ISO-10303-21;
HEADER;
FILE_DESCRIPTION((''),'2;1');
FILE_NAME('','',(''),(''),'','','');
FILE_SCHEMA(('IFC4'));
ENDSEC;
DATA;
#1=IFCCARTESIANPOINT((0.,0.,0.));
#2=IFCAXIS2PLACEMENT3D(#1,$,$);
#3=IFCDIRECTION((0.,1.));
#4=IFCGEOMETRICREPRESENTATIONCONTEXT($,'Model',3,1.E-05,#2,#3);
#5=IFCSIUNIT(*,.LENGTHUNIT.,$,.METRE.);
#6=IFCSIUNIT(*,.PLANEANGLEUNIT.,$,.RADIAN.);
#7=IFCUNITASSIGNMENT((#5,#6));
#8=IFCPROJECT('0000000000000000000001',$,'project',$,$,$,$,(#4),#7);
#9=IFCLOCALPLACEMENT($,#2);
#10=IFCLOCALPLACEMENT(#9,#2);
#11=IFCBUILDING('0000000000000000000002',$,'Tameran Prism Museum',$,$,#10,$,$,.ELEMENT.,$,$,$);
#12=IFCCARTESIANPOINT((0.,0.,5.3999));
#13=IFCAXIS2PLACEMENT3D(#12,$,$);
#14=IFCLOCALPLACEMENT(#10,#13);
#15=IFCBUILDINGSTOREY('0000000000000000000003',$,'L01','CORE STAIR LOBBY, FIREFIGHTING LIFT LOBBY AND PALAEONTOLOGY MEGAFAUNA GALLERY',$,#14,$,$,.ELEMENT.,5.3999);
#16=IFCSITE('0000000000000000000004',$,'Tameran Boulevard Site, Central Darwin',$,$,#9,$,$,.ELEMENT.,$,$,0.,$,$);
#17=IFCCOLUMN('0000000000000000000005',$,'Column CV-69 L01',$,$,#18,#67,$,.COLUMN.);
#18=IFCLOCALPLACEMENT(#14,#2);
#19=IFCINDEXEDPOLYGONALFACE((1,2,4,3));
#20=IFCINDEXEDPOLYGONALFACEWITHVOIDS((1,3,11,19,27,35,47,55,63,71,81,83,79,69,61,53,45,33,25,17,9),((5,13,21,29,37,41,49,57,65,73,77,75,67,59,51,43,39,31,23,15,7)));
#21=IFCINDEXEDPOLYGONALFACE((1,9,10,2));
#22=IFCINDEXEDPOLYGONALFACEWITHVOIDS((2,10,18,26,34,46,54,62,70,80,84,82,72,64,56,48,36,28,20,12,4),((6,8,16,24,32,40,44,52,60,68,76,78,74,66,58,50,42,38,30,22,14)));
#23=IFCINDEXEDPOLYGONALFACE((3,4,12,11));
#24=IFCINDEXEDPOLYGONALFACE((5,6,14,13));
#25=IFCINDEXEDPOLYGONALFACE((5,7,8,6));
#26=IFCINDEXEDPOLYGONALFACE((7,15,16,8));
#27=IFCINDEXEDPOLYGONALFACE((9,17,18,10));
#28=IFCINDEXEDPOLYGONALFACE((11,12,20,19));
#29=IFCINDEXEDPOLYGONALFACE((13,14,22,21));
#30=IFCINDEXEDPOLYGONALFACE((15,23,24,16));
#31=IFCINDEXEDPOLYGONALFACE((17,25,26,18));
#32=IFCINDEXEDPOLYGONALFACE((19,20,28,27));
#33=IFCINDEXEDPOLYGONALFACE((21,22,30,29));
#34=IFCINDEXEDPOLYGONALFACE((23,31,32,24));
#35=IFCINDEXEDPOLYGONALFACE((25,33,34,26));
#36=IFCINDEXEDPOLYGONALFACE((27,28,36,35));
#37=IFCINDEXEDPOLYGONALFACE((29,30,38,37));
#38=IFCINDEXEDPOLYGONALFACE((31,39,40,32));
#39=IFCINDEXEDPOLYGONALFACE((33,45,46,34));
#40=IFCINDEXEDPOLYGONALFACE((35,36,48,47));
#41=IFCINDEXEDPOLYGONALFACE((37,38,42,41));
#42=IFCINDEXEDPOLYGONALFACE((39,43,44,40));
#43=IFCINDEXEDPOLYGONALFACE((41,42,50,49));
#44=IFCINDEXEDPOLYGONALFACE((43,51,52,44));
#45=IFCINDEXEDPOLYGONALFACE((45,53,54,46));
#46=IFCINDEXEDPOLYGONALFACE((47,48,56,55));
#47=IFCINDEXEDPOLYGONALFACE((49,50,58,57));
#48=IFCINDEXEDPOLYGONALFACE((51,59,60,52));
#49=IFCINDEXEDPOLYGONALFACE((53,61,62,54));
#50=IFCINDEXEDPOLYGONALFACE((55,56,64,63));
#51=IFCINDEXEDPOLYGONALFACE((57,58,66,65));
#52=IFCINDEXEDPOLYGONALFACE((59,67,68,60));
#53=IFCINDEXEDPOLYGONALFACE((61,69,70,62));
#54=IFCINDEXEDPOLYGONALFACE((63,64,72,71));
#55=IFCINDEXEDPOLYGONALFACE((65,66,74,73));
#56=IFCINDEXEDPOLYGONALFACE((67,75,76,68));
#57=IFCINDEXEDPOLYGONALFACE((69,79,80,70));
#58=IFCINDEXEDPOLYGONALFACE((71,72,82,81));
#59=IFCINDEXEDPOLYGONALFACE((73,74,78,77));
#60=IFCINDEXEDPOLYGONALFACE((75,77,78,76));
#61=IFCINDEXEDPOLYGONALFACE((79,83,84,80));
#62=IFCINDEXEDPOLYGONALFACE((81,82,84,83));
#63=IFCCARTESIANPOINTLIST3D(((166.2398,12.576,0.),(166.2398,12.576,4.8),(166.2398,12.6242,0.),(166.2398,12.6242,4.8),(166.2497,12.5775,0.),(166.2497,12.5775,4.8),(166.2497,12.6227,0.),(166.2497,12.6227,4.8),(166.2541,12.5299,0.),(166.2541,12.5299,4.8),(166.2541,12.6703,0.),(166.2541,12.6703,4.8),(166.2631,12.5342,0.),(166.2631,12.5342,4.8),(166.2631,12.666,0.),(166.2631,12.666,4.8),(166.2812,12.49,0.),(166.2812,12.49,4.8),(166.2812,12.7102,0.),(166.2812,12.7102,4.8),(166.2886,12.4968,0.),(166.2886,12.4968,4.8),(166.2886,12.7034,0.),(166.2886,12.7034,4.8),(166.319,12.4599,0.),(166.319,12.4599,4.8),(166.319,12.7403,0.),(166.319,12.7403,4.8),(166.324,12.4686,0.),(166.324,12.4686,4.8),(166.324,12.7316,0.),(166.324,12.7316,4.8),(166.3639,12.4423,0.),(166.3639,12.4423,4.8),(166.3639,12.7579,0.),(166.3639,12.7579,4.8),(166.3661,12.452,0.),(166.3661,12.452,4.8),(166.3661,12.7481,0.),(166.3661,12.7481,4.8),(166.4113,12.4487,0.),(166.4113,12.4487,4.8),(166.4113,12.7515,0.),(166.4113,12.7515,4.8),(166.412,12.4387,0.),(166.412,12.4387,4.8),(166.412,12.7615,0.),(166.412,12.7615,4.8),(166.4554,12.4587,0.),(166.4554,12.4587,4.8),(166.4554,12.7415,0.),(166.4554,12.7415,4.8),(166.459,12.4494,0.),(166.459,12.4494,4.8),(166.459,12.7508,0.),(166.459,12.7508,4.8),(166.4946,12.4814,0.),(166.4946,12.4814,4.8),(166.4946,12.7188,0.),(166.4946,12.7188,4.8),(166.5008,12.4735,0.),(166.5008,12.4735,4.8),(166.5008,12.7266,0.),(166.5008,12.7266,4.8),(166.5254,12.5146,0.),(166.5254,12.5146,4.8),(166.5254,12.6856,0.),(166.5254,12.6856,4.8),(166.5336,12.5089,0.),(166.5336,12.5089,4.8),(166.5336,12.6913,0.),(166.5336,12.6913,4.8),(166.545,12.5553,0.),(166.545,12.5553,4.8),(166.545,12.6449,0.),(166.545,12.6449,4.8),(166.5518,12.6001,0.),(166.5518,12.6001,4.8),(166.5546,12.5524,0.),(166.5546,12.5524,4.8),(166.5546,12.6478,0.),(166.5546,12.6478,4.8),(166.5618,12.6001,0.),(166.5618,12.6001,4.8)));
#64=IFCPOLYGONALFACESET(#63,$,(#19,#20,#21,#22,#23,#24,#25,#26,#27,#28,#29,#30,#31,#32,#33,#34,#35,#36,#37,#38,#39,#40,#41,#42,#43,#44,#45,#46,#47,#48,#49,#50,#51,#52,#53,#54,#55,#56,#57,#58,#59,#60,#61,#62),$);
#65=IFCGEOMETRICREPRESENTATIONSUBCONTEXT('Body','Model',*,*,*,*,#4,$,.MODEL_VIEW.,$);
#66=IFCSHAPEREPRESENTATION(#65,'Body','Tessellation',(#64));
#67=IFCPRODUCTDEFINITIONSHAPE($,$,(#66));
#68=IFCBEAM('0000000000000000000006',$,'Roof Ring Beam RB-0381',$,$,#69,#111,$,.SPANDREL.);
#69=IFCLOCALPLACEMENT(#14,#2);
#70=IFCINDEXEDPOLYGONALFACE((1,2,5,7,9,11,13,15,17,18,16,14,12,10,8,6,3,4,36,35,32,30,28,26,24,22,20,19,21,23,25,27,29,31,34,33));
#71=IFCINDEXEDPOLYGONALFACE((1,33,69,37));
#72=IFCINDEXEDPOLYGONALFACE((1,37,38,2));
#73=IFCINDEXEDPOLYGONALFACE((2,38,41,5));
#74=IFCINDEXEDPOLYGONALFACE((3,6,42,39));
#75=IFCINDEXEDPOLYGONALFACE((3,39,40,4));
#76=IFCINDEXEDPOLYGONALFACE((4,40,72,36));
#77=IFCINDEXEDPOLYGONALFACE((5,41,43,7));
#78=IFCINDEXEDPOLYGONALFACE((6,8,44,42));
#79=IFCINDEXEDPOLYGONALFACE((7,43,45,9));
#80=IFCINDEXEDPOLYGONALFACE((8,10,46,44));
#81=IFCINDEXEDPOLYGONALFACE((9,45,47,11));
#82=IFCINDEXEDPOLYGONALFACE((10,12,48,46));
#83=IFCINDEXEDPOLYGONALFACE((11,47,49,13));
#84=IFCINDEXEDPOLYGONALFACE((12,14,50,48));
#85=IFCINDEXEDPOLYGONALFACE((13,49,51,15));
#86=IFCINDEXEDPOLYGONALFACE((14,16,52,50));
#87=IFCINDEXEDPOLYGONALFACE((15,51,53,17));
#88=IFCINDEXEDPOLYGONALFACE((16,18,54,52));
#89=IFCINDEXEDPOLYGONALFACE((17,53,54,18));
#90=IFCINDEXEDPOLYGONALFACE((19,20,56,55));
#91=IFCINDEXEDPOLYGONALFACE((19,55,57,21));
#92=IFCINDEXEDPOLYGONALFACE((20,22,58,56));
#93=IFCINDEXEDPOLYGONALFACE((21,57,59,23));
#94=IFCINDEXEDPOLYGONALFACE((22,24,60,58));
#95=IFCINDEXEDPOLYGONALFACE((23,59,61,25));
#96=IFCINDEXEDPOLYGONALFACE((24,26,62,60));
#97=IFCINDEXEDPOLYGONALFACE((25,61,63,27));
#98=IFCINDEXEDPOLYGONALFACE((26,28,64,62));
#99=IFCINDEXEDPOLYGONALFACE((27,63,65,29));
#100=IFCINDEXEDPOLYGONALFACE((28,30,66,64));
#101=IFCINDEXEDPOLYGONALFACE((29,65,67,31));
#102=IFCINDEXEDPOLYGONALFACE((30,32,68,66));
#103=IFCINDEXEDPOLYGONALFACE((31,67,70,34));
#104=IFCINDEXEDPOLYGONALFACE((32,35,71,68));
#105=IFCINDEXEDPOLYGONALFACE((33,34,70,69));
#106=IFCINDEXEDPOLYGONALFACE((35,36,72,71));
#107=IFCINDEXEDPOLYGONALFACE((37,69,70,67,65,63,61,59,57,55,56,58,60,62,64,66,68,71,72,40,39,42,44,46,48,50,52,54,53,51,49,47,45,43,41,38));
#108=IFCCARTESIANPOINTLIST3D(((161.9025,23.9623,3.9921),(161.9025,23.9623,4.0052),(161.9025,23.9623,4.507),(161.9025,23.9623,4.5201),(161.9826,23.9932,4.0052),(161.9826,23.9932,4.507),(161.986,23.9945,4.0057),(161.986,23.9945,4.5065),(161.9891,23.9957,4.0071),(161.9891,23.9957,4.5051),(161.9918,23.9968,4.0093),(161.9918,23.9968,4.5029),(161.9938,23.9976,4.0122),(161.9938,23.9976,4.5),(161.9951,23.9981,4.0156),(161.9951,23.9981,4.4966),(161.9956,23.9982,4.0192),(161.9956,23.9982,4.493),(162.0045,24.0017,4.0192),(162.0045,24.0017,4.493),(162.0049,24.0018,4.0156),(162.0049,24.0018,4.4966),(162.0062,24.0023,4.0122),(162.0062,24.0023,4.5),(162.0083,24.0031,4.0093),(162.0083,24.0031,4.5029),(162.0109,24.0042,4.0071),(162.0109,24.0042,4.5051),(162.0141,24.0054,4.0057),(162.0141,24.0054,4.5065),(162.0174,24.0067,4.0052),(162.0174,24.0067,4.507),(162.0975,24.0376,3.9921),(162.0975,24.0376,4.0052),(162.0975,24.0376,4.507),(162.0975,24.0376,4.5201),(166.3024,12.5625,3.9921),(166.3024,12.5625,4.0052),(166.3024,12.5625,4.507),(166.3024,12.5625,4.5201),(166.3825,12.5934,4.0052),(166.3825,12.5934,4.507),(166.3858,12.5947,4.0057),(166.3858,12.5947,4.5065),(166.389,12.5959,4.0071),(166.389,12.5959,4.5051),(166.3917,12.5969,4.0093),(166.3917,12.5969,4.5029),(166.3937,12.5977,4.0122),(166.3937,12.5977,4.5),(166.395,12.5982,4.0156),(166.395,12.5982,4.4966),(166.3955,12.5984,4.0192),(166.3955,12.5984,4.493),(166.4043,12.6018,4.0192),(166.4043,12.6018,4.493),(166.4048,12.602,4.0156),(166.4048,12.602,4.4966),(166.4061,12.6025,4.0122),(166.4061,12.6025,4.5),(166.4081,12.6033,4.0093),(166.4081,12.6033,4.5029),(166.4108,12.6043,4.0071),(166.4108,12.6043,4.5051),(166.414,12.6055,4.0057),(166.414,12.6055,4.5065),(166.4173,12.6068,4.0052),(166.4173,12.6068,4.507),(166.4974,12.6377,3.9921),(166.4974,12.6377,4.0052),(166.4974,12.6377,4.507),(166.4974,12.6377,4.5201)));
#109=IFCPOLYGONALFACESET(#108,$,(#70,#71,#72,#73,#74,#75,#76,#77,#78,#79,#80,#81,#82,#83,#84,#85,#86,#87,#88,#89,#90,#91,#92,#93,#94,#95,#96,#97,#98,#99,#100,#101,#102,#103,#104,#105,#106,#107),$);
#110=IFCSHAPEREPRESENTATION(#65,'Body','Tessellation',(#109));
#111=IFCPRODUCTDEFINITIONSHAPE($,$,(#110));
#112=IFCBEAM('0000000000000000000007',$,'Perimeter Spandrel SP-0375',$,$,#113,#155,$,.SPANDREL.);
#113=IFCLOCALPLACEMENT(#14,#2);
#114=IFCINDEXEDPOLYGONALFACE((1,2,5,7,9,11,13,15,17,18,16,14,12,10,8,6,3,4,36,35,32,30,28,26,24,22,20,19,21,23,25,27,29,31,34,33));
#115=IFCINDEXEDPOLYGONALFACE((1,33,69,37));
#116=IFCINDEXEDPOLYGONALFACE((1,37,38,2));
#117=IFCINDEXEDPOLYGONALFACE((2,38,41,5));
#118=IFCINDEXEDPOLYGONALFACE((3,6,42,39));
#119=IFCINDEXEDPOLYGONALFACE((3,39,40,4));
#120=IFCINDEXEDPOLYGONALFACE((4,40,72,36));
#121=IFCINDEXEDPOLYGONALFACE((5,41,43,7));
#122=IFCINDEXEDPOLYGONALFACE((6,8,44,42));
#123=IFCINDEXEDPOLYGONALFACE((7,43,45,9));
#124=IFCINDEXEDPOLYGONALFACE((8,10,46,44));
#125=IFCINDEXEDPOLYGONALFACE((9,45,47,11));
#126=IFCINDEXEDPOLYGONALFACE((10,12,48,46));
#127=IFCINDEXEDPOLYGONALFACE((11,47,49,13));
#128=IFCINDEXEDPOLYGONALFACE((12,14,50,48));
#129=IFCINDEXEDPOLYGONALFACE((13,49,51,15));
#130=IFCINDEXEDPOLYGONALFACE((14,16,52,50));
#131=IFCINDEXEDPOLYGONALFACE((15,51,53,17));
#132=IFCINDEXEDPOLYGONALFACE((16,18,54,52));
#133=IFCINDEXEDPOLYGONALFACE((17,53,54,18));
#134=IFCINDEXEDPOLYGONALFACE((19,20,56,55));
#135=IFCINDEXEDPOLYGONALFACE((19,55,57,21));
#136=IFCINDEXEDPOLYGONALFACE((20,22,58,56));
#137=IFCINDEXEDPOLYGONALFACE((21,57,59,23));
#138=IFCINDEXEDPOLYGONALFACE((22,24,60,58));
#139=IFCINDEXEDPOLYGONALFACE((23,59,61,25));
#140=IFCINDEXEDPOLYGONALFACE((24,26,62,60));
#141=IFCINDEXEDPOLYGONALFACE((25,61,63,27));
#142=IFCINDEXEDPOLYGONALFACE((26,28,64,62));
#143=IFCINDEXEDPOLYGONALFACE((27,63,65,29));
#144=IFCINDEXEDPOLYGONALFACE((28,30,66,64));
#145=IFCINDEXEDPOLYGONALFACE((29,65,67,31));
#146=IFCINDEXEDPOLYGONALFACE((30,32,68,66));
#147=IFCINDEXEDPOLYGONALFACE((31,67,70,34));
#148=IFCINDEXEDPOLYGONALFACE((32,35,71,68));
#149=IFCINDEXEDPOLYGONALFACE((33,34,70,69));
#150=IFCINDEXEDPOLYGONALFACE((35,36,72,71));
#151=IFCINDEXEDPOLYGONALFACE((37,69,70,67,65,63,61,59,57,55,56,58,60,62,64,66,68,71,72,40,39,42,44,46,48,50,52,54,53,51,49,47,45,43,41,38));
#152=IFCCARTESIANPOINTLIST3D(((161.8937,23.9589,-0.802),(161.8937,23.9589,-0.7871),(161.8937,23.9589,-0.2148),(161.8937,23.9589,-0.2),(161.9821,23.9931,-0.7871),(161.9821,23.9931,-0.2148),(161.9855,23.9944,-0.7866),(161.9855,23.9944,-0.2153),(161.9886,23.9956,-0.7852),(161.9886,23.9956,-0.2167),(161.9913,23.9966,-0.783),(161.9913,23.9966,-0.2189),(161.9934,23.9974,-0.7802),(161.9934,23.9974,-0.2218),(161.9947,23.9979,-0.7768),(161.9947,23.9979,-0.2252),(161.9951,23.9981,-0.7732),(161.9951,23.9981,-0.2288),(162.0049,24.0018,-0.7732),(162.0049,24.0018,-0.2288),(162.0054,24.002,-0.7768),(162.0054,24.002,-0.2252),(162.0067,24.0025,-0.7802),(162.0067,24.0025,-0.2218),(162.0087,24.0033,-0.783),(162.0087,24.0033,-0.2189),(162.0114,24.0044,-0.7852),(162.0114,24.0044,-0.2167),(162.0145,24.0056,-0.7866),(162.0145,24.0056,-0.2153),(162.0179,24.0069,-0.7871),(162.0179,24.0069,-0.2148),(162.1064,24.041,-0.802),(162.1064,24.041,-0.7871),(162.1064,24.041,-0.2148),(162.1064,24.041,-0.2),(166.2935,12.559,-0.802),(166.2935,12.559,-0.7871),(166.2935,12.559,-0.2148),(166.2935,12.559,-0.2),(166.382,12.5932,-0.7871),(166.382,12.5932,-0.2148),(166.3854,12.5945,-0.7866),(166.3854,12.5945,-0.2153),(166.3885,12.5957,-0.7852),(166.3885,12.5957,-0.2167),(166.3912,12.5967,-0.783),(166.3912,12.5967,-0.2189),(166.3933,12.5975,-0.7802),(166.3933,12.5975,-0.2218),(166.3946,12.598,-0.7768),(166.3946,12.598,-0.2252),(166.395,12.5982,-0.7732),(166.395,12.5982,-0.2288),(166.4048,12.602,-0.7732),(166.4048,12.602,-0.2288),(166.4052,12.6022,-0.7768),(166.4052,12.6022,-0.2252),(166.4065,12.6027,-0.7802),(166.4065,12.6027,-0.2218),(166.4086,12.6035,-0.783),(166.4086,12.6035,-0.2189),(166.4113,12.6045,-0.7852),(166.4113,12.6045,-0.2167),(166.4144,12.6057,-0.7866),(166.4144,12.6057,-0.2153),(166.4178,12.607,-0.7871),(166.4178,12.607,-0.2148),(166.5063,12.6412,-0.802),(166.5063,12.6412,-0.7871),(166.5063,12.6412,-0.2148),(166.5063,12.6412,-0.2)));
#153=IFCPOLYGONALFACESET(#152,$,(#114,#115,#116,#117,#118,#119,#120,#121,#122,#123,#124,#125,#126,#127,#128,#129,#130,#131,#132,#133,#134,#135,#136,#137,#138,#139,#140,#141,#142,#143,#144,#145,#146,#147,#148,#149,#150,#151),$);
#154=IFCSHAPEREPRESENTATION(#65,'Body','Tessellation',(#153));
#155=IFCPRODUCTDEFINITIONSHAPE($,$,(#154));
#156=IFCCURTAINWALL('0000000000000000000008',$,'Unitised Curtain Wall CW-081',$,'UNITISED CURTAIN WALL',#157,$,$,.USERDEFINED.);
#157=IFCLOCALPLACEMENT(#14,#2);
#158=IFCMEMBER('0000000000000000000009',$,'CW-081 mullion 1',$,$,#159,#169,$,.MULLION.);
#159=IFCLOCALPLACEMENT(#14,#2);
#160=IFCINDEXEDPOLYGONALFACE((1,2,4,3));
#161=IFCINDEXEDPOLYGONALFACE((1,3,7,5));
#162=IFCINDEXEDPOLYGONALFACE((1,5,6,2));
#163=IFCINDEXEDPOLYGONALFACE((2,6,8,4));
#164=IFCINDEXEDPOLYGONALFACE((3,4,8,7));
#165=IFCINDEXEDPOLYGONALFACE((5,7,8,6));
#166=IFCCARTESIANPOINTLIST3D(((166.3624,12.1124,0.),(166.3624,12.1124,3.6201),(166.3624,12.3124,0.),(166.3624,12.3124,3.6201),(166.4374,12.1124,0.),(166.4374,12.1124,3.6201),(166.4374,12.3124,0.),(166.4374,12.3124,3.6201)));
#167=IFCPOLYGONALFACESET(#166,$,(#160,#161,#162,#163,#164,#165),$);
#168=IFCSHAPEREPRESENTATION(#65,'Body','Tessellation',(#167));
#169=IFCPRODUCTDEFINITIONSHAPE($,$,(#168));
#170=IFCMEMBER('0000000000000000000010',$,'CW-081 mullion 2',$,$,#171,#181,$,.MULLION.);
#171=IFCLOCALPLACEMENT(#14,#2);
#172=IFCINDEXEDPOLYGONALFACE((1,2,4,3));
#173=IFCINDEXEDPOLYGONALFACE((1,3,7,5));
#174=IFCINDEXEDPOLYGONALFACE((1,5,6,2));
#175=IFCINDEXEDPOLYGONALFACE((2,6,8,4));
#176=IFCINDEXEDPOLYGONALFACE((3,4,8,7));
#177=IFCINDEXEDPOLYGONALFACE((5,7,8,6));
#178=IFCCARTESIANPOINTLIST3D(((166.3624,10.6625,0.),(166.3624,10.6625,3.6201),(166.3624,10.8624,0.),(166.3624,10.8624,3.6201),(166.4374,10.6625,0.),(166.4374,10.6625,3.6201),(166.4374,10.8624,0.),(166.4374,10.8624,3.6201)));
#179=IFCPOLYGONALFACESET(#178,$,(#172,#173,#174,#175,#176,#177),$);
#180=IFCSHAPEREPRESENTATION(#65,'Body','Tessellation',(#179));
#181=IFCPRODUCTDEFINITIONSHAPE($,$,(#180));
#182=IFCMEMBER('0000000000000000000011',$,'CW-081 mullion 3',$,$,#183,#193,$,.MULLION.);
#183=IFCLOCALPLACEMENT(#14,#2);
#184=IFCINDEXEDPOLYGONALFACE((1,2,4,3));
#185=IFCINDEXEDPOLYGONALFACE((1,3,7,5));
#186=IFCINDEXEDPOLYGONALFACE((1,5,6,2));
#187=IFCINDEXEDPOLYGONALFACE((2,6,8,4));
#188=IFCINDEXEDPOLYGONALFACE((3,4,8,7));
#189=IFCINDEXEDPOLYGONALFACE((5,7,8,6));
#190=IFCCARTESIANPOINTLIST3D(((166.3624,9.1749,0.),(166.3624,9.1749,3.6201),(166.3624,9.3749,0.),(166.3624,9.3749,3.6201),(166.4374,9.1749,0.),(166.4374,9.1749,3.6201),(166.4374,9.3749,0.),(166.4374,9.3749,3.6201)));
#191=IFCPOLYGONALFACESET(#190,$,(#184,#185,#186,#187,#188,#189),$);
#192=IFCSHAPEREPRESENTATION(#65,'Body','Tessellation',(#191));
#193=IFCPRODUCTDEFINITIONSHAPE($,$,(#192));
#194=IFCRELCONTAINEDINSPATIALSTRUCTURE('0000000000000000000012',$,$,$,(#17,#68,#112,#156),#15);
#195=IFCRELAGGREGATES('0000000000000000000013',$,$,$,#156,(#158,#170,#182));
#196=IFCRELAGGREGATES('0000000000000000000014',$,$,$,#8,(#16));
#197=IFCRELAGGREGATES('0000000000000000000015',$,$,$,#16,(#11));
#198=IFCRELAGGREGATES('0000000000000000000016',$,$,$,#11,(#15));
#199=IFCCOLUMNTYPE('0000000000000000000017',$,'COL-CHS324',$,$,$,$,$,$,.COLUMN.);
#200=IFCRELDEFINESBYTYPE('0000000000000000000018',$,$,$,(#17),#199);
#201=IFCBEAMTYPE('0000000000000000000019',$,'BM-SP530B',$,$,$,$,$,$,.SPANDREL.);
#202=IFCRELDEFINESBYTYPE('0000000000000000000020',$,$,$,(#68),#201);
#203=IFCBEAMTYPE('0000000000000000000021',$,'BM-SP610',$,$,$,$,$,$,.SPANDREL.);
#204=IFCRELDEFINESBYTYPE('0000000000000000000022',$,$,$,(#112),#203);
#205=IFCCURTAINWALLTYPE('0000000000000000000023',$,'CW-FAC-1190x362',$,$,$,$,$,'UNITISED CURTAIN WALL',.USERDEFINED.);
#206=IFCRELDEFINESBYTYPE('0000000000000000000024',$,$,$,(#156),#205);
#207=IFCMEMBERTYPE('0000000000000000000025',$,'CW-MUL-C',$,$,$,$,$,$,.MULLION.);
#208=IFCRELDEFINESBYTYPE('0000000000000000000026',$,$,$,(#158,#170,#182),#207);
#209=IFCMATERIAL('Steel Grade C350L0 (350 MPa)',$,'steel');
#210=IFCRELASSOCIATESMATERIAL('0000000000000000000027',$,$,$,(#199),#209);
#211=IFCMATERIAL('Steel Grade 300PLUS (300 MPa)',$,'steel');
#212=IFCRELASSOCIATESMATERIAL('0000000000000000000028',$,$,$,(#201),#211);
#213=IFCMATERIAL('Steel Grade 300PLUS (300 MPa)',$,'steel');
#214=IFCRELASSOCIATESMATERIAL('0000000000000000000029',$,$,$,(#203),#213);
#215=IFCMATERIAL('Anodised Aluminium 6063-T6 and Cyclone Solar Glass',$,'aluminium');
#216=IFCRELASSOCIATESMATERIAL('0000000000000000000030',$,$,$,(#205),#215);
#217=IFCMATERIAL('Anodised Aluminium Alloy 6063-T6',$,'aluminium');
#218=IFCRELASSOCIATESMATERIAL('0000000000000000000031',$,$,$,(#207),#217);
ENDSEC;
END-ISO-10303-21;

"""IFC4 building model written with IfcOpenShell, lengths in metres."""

from ifc_helpers import new_model, si_unit, direction, frame, origin, origin_2d, place, context, subcontext, project, spatial, rectangle, hollow_circle, i_section, extrude, material, material_profile, profile_set, type_object, element, aggregate, save


model = new_model("IFC4")

# Units and contexts
model_context = context("Model", 3, precision=1e-05, world=origin(), true_north=direction((0.0, 1.0)))
body_context = subcontext(model_context, "Body", "Model", "MODEL_VIEW")
ifc_project = project(units=[si_unit("LENGTHUNIT", "METRE"), si_unit("PLANEANGLEUNIT", "RADIAN")], contexts=[model_context])

# Site, building, storey
site_placement = place(None, origin())
site = spatial("IfcSite", under=ifc_project, at=site_placement, Name="Tameran Boulevard Site, Central Darwin", CompositionType="ELEMENT", RefElevation=0.0)
building_placement = place(site_placement, origin())
building = spatial("IfcBuilding", under=site, at=building_placement, Name="Tameran Prism Museum", CompositionType="ELEMENT")
storey_placement = place(building_placement, frame((0.0, 0.0, 5.3999)))
storey = spatial("IfcBuildingStorey", under=building, at=storey_placement, Name="L01", Description="CORE STAIR LOBBY, FIREFIGHTING LIFT LOBBY AND PALAEONTOLOGY MEGAFAUNA GALLERY", CompositionType="ELEMENT", Elevation=5.3999)

# Column
ifc_material_1 = material(Name="Steel Grade C350L0 (350 MPa)", Category="steel")
ifc_material_profile_1 = material_profile(ifc_material_1, hollow_circle(Radius=0.1619, WallThickness=0.01, at=origin_2d()))
ifc_profile_set_1 = profile_set([ifc_material_profile_1])
column_type = type_object("IfcColumnType", Name="COL-CHS324", PredefinedType="COLUMN", material=ifc_profile_set_1)
column_placement = place(storey_placement, frame((166.3999, 12.6001, 0.0), z_axis=(0.0, 0.0, 1.0), x_axis=(1.0, 0.0, 0.0)))
element("IfcColumn", 1, at=column_placement, inside=storey, type_object=column_type, Name="Column CV-69 L01", PredefinedType="COLUMN", context=body_context, shape_type="SweptSolid", body=[
    extrude(hollow_circle(Radius=0.1619, WallThickness=0.01, at=origin_2d()), origin(), (0.0, 0.0, 1.0), 4.8),
])

# Beams
ifc_material_2 = material(Name="Steel Grade 300PLUS (300 MPa)", Category="steel")
ifc_material_profile_2 = material_profile(ifc_material_2, i_section(OverallWidth=0.209, OverallDepth=0.5281, WebThickness=0.0095, FlangeThickness=0.0132, FilletRadius=0.0139, at=origin_2d()))
ifc_profile_set_2 = profile_set([ifc_material_profile_2])
beam_type_1 = type_object("IfcBeamType", Name="BM-SP530B", PredefinedType="SPANDREL", material=ifc_profile_set_2)
beam_1_placement = place(storey_placement, frame((166.3999, 12.6001, 4.2561), z_axis=(-0.360071, 0.932925, 0.0), x_axis=(-0.932925, -0.360071, 0.0)))
element("IfcBeam", 2, at=beam_1_placement, inside=storey, type_object=beam_type_1, Name="Roof Ring Beam RB-0381", PredefinedType="SPANDREL", context=body_context, shape_type="SweptSolid", body=[
    extrude(i_section(OverallWidth=0.209, OverallDepth=0.5281, WebThickness=0.0095, FlangeThickness=0.0132, FilletRadius=0.0139, at=origin_2d()), origin(), (0.0, 0.0, 1.0), 12.2195),
])
ifc_material_3 = material(Name="Steel Grade 300PLUS (300 MPa)", Category="steel")
ifc_material_profile_3 = material_profile(ifc_material_3, i_section(OverallWidth=0.228, OverallDepth=0.6021, WebThickness=0.0105, FlangeThickness=0.0149, FilletRadius=0.0139, at=origin_2d()))
ifc_profile_set_3 = profile_set([ifc_material_profile_3])
beam_type_2 = type_object("IfcBeamType", Name="BM-SP610", PredefinedType="SPANDREL", material=ifc_profile_set_3)
beam_2_placement = place(storey_placement, frame((166.3999, 12.6001, -0.501), z_axis=(-0.360071, 0.932925, 0.0), x_axis=(-0.932925, -0.360071, 0.0)))
element("IfcBeam", 3, at=beam_2_placement, inside=storey, type_object=beam_type_2, Name="Perimeter Spandrel SP-0375", PredefinedType="SPANDREL", context=body_context, shape_type="SweptSolid", body=[
    extrude(i_section(OverallWidth=0.228, OverallDepth=0.6021, WebThickness=0.0105, FlangeThickness=0.0149, FilletRadius=0.0139, at=origin_2d()), origin(), (0.0, 0.0, 1.0), 12.2195),
])

# Curtain wall, members
ifc_material_4 = material(Name="Anodised Aluminium 6063-T6 and Cyclone Solar Glass", Category="aluminium")
curtain_wall_type_1 = type_object("IfcCurtainWallType", Name="CW-FAC-1190x362", ElementType="UNITISED CURTAIN WALL", PredefinedType="USERDEFINED", material=ifc_material_4)
curtain_wall_1_placement = place(storey_placement, origin())
curtain_wall_1 = element("IfcCurtainWall", 4, at=curtain_wall_1_placement, inside=storey, type_object=curtain_wall_type_1, Name="Unitised Curtain Wall CW-081", ObjectType="UNITISED CURTAIN WALL", PredefinedType="USERDEFINED")
ifc_material_5 = material(Name="Anodised Aluminium Alloy 6063-T6", Category="aluminium")
ifc_material_profile_4 = material_profile(ifc_material_5, rectangle(XDim=0.075, YDim=0.2, at=origin_2d()))
ifc_profile_set_4 = profile_set([ifc_material_profile_4])
member_type_1 = type_object("IfcMemberType", Name="CW-MUL-C", PredefinedType="MULLION", material=ifc_profile_set_4)
member_1_placement = place(storey_placement, frame((166.3999, 12.2124, 0.0), z_axis=(0.0, 0.0, 1.0), x_axis=(1.0, 0.0, 0.0)))
member_1 = element("IfcMember", 5, at=member_1_placement, type_object=member_type_1, Name="CW-081 mullion 1", PredefinedType="MULLION", context=body_context, shape_type="SweptSolid", body=[
    extrude(rectangle(XDim=0.075, YDim=0.2, at=origin_2d()), origin(), (0.0, 0.0, 1.0), 3.6201),
])
member_2_placement = place(storey_placement, frame((166.3999, 10.7625, 0.0), z_axis=(0.0, 0.0, 1.0), x_axis=(1.0, 0.0, 0.0)))
member_2 = element("IfcMember", 6, at=member_2_placement, type_object=member_type_1, Name="CW-081 mullion 2", PredefinedType="MULLION", context=body_context, shape_type="SweptSolid", body=[
    extrude(rectangle(XDim=0.075, YDim=0.2, at=origin_2d()), origin(), (0.0, 0.0, 1.0), 3.6201),
])
member_3_placement = place(storey_placement, frame((166.3999, 9.2749, 0.0), z_axis=(0.0, 0.0, 1.0), x_axis=(1.0, 0.0, 0.0)))
member_3 = element("IfcMember", 7, at=member_3_placement, type_object=member_type_1, Name="CW-081 mullion 3", PredefinedType="MULLION", context=body_context, shape_type="SweptSolid", body=[
    extrude(rectangle(XDim=0.075, YDim=0.2, at=origin_2d()), origin(), (0.0, 0.0, 1.0), 3.6201),
])

aggregate(curtain_wall_1, [member_1, member_2, member_3])

save(model, "model.ifc")
